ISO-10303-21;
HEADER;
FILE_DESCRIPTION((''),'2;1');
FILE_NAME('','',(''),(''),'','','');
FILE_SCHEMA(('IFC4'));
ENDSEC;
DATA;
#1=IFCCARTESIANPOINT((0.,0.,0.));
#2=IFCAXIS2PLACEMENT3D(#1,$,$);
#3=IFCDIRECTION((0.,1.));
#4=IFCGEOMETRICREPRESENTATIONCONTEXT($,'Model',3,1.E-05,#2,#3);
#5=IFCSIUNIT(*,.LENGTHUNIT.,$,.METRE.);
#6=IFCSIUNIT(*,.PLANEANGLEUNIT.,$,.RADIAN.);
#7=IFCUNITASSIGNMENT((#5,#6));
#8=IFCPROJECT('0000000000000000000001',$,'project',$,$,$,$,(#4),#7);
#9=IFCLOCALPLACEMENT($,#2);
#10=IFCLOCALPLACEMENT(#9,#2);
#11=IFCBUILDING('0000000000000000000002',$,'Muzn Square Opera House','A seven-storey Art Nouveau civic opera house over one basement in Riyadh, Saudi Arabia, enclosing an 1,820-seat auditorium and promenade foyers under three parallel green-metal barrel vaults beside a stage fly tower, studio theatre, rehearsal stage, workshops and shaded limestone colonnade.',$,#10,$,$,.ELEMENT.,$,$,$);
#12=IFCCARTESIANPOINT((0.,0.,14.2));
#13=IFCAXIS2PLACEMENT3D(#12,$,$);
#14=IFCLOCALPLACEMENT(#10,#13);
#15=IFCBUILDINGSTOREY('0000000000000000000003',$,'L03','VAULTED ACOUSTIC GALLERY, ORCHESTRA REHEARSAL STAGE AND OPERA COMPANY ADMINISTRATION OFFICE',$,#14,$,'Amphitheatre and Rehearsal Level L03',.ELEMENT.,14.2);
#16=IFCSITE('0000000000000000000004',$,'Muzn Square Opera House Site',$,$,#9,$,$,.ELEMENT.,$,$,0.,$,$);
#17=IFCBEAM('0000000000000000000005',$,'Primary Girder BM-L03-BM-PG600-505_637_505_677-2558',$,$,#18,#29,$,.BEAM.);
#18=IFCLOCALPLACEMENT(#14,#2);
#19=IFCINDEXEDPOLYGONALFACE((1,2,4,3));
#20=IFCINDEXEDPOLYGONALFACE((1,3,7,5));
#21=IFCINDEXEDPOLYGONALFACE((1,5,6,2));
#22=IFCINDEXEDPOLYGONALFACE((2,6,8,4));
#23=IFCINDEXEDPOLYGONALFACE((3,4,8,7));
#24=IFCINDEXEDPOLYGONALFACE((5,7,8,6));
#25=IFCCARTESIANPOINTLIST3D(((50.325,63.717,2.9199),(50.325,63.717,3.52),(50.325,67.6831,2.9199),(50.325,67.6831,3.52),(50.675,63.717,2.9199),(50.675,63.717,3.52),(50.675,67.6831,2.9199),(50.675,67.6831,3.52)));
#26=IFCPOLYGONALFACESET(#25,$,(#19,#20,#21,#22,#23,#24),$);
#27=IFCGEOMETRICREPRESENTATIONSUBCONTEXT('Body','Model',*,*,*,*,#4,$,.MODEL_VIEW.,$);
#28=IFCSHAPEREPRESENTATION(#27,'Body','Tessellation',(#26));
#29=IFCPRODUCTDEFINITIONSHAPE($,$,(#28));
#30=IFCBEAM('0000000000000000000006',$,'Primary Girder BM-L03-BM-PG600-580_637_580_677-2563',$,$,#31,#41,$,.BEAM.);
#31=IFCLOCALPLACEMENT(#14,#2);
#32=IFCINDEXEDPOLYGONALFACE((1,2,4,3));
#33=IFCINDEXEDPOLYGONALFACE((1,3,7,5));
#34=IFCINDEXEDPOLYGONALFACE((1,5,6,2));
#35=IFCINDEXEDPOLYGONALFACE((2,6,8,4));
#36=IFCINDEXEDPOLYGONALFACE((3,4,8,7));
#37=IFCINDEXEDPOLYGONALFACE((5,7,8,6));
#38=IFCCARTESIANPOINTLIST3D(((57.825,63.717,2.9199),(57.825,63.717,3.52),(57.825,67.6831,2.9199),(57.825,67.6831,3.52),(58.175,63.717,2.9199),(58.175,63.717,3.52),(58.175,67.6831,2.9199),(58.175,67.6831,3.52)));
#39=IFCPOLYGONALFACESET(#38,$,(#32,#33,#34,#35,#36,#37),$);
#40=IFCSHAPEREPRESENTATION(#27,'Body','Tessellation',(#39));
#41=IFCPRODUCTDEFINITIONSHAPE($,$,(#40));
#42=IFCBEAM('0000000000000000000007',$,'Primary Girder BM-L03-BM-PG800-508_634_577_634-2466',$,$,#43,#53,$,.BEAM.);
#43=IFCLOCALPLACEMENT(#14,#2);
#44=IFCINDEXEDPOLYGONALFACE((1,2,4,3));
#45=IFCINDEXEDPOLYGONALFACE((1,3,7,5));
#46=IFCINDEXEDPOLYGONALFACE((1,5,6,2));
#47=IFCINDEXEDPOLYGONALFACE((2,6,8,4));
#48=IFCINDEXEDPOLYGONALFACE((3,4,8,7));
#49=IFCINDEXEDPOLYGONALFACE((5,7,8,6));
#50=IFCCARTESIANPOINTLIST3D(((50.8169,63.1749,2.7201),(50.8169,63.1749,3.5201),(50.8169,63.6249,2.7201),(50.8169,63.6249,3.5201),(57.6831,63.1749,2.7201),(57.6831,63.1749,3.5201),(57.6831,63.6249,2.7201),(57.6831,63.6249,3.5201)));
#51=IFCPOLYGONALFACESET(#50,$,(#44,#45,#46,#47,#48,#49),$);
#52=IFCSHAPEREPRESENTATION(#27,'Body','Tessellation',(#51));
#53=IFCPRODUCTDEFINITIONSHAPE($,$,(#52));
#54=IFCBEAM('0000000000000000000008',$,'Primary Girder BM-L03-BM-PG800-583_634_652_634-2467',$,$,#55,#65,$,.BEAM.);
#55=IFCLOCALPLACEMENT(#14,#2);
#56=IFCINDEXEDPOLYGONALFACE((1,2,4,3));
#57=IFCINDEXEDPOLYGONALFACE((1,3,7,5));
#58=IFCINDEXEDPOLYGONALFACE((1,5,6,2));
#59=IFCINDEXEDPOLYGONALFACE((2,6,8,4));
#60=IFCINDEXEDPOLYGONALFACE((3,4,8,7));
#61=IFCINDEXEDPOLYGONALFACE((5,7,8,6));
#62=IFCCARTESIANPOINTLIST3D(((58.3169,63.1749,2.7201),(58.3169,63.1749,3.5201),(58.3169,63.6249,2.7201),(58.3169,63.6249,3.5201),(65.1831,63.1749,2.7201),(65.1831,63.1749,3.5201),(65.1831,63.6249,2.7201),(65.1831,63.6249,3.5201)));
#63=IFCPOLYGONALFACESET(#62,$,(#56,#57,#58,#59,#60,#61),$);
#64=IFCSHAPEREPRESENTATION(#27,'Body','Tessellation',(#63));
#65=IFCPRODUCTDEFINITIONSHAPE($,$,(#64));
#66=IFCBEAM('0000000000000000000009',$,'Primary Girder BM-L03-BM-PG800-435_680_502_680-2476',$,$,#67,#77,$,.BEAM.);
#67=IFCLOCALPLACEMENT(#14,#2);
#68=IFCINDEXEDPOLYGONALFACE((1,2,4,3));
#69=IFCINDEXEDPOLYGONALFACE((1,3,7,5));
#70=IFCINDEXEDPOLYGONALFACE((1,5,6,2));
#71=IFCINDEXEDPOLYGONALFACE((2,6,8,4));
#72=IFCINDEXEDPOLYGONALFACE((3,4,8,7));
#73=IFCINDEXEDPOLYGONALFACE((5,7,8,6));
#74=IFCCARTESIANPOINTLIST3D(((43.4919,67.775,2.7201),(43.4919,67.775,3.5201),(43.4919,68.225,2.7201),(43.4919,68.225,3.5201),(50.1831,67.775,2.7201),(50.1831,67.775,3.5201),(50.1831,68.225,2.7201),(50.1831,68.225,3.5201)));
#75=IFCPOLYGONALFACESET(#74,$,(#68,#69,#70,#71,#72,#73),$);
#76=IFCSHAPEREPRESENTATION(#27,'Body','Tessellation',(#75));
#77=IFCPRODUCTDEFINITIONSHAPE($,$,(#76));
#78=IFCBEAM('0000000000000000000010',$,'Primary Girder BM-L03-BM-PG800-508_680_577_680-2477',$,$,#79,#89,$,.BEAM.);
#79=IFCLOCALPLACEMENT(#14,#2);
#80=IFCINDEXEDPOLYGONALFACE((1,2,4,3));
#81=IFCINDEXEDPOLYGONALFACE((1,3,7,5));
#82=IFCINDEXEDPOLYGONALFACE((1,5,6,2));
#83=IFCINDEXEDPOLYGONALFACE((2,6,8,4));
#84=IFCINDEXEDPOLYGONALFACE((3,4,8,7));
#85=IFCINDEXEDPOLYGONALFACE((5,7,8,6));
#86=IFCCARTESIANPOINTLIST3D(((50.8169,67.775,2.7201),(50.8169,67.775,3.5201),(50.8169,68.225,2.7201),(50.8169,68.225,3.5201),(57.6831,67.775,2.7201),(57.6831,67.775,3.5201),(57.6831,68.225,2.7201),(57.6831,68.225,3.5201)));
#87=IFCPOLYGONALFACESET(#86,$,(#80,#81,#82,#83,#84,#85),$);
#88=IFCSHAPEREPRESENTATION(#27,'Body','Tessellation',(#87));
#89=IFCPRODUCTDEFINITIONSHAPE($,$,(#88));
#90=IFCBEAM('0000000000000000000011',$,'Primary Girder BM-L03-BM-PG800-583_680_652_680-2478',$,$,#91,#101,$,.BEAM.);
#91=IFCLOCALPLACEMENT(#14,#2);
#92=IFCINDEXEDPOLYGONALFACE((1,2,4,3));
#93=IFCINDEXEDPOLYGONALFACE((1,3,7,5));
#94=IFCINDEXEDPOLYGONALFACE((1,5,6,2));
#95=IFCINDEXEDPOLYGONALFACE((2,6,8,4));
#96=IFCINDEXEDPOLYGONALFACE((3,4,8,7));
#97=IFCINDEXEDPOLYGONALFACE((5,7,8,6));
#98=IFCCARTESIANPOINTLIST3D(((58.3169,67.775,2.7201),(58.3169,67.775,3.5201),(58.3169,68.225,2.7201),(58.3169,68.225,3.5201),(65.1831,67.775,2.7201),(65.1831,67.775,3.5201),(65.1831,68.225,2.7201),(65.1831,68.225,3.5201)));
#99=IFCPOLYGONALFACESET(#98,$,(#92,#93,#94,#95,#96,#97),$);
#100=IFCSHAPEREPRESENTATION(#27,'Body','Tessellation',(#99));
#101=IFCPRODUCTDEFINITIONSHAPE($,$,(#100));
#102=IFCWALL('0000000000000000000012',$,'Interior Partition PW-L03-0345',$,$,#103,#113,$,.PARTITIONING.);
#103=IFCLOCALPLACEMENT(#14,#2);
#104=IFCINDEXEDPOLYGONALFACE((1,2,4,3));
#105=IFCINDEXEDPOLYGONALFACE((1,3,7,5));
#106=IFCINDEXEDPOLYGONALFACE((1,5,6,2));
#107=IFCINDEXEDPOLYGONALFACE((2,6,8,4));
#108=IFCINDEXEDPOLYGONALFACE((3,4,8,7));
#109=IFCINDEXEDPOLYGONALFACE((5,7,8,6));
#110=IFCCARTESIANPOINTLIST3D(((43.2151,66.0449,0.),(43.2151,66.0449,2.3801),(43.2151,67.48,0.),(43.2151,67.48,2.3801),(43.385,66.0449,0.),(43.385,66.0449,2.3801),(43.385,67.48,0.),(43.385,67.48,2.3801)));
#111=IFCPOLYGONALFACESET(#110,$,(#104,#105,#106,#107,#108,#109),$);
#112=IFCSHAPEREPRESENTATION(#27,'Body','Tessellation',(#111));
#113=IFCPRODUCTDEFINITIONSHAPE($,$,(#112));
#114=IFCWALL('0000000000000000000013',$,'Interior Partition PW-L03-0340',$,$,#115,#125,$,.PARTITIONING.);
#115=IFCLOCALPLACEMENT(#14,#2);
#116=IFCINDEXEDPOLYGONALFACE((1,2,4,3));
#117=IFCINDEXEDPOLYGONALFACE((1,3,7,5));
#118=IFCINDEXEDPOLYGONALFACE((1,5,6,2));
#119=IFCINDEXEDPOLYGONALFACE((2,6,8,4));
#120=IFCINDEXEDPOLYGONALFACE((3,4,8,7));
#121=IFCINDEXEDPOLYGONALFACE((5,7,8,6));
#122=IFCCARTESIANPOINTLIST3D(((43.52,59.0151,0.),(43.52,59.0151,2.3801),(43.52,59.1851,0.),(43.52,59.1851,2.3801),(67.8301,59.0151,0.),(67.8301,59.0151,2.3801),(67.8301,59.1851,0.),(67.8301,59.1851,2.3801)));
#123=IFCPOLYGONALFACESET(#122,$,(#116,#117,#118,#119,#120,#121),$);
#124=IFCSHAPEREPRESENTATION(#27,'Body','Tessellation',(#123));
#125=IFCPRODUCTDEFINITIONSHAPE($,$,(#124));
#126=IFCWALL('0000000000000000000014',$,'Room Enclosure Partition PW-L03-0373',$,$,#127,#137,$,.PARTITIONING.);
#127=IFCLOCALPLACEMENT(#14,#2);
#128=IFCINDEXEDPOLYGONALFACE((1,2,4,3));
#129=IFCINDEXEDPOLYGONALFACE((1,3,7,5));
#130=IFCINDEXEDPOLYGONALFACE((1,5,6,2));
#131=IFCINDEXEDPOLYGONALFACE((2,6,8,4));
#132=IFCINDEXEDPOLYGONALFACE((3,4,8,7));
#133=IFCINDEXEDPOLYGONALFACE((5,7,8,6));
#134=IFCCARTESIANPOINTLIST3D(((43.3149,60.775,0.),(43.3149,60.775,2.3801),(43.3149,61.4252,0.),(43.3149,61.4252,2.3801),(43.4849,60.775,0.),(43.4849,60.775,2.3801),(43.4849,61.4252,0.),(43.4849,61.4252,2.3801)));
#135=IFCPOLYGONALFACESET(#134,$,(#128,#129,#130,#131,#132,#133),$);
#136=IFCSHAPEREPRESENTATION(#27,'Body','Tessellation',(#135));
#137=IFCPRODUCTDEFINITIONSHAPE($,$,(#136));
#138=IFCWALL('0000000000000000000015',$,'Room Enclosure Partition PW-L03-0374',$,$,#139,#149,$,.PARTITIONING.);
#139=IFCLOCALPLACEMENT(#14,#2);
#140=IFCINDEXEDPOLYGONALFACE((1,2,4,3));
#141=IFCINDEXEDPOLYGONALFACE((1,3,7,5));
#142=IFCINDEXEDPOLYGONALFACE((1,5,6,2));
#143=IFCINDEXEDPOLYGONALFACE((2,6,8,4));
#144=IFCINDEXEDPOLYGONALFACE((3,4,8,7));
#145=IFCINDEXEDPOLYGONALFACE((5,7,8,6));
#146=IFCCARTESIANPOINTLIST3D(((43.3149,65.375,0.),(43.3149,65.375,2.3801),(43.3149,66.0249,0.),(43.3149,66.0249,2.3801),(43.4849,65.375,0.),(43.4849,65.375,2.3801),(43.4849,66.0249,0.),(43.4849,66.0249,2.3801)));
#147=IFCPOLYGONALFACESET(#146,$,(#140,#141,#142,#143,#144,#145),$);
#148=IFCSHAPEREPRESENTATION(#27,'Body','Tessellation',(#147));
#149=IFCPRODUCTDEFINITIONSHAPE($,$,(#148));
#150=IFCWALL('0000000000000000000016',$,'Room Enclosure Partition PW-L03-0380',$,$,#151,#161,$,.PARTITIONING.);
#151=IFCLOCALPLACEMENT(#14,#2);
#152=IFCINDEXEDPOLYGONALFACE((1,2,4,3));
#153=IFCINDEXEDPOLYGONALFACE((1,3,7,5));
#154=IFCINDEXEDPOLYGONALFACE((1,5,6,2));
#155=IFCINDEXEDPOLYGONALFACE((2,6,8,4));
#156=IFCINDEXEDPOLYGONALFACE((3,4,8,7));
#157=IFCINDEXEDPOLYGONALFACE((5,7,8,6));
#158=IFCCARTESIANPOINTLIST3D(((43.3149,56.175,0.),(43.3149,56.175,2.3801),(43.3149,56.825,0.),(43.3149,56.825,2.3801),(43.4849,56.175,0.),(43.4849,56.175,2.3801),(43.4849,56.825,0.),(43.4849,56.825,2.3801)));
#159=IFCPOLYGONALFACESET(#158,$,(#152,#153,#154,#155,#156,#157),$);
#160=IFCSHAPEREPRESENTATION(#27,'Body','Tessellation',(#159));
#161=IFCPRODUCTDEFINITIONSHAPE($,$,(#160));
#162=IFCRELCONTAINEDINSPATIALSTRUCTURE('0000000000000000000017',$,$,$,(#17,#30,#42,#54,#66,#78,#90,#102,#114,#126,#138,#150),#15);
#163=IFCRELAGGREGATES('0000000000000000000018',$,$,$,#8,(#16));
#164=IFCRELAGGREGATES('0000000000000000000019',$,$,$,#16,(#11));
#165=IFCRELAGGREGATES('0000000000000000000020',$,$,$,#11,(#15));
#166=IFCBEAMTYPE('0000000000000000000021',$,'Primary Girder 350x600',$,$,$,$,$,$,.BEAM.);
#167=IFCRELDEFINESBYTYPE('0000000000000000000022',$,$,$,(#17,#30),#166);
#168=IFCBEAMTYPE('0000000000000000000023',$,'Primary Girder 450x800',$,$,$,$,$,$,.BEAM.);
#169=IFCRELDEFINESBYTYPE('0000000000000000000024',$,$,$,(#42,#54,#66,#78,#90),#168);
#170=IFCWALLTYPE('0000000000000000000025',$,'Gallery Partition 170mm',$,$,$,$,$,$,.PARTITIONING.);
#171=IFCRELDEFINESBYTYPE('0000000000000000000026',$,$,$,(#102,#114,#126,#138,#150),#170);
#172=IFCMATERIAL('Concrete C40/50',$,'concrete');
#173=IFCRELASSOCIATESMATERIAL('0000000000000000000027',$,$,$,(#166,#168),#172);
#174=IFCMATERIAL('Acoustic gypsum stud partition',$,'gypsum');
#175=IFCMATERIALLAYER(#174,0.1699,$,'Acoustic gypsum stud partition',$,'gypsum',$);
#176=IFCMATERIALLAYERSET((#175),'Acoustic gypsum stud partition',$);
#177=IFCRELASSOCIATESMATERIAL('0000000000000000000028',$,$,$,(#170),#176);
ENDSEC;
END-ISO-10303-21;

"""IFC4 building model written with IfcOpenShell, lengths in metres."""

from ifc_helpers import new_model, si_unit, direction, frame, frame_2d, origin, origin_2d, place, context, subcontext, project, spatial, rectangle, extrude, material, layer, layer_set, material_profile, profile_set, type_object, element, save


model = new_model("IFC4")

# Units and contexts
model_context = context("Model", 3, precision=1e-05, world=origin(), true_north=direction((0.0, 1.0)))
body_context = subcontext(model_context, "Body", "Model", "MODEL_VIEW")
ifc_project = project(units=[si_unit("LENGTHUNIT", "METRE"), si_unit("PLANEANGLEUNIT", "RADIAN")], contexts=[model_context])

# Site, building, storey
site_placement = place(None, origin())
site = spatial("IfcSite", under=ifc_project, at=site_placement, Name="Muzn Square Opera House Site", CompositionType="ELEMENT", RefElevation=0.0)
building_placement = place(site_placement, origin())
building = spatial("IfcBuilding", under=site, at=building_placement, Name="Muzn Square Opera House", Description="A seven-storey Art Nouveau civic opera house over one basement in Riyadh, Saudi Arabia, enclosing an 1,820-seat auditorium and promenade foyers under three parallel green-metal barrel vaults beside a stage fly tower, studio theatre, rehearsal stage, workshops and shaded limestone colonnade.", CompositionType="ELEMENT")
storey_placement = place(building_placement, frame((0.0, 0.0, 14.2)))
storey = spatial("IfcBuildingStorey", under=building, at=storey_placement, Name="L03", Description="VAULTED ACOUSTIC GALLERY, ORCHESTRA REHEARSAL STAGE AND OPERA COMPANY ADMINISTRATION OFFICE", LongName="Amphitheatre and Rehearsal Level L03", CompositionType="ELEMENT", Elevation=14.2)

# Beams
ifc_material_1 = material(Name="Concrete C40/50", Category="concrete")
ifc_material_profile_1 = material_profile(ifc_material_1, rectangle(XDim=0.3501, YDim=0.6001, at=origin_2d()), Name="RCB 350x600", Category="concrete")
ifc_profile_set_1 = profile_set([ifc_material_profile_1], Name="Concrete C40/50")
beam_type_1 = type_object("IfcBeamType", Name="Primary Girder 350x600", PredefinedType="BEAM", material=ifc_profile_set_1)
for number, where, z_axis, x_axis, name in (
    (1, (50.5, 63.717, 3.22), (0.0, 1.0, 0.0), (-1.0, 0.0, 0.0), "Primary Girder BM-L03-BM-PG600-505_637_505_677-2558"),
    (2, (58.0, 63.717, 3.22), (0.0, 1.0, 0.0), (-1.0, 0.0, 0.0), "Primary Girder BM-L03-BM-PG600-580_637_580_677-2563"),
):
    element("IfcBeam", number, at=place(storey_placement, frame(where, z_axis=z_axis, x_axis=x_axis)), inside=storey, type_object=beam_type_1, Name=name, PredefinedType="BEAM", context=body_context, shape_type="SweptSolid", body=[
        extrude(rectangle(XDim=0.3501, YDim=0.6001, at=origin_2d()), origin(), (0.0, 0.0, 1.0), 3.9661),
    ])
ifc_material_profile_2 = material_profile(ifc_material_1, rectangle(XDim=0.45, YDim=0.8, at=origin_2d()), Name="RCB 450x800", Category="concrete")
ifc_profile_set_2 = profile_set([ifc_material_profile_2], Name="Concrete C40/50")
beam_type_2 = type_object("IfcBeamType", Name="Primary Girder 450x800", PredefinedType="BEAM", material=ifc_profile_set_2)
for number, where, z_axis, x_axis, name in (
    (3, (50.8169, 63.3999, 3.1201), (1.0, 0.0, 0.0), (0.0, 1.0, 0.0), "Primary Girder BM-L03-BM-PG800-508_634_577_634-2466"),
    (4, (58.3169, 63.3999, 3.1201), (1.0, 0.0, 0.0), (0.0, 1.0, 0.0), "Primary Girder BM-L03-BM-PG800-583_634_652_634-2467"),
):
    element("IfcBeam", number, at=place(storey_placement, frame(where, z_axis=z_axis, x_axis=x_axis)), inside=storey, type_object=beam_type_2, Name=name, PredefinedType="BEAM", context=body_context, shape_type="SweptSolid", body=[
        extrude(rectangle(XDim=0.45, YDim=0.8, at=origin_2d()), origin(), (0.0, 0.0, 1.0), 6.8662),
    ])
beam_placement = place(storey_placement, frame((43.4919, 68.0, 3.1201), z_axis=(1.0, 0.0, 0.0), x_axis=(0.0, 1.0, 0.0)))
element("IfcBeam", 5, at=beam_placement, inside=storey, type_object=beam_type_2, Name="Primary Girder BM-L03-BM-PG800-435_680_502_680-2476", PredefinedType="BEAM", context=body_context, shape_type="SweptSolid", body=[
    extrude(rectangle(XDim=0.45, YDim=0.8, at=origin_2d()), origin(), (0.0, 0.0, 1.0), 6.6912),
])
for number, where, z_axis, x_axis, name in (
    (6, (50.8169, 68.0, 3.1201), (1.0, 0.0, 0.0), (0.0, 1.0, 0.0), "Primary Girder BM-L03-BM-PG800-508_680_577_680-2477"),
    (7, (58.3169, 68.0, 3.1201), (1.0, 0.0, 0.0), (0.0, 1.0, 0.0), "Primary Girder BM-L03-BM-PG800-583_680_652_680-2478"),
):
    element("IfcBeam", number, at=place(storey_placement, frame(where, z_axis=z_axis, x_axis=x_axis)), inside=storey, type_object=beam_type_2, Name=name, PredefinedType="BEAM", context=body_context, shape_type="SweptSolid", body=[
        extrude(rectangle(XDim=0.45, YDim=0.8, at=origin_2d()), origin(), (0.0, 0.0, 1.0), 6.8662),
    ])

# Walls
ifc_material_2 = material(Name="Acoustic gypsum stud partition", Category="gypsum")
ifc_layer = layer(ifc_material_2, 0.1699, Name="Acoustic gypsum stud partition", Category="gypsum")
ifc_layer_set = layer_set([ifc_layer], Name="Acoustic gypsum stud partition")
wall_type = type_object("IfcWallType", Name="Gallery Partition 170mm", PredefinedType="PARTITIONING", material=ifc_layer_set)
wall_1_placement = place(storey_placement, frame((43.3, 66.0449, 0.0), z_axis=(0.0, 0.0, 1.0), x_axis=(0.0, 1.0, 0.0)))
element("IfcWall", 8, at=wall_1_placement, inside=storey, type_object=wall_type, Name="Interior Partition PW-L03-0345", PredefinedType="PARTITIONING", context=body_context, shape_type="SweptSolid", body=[
    extrude(rectangle(XDim=1.4351, YDim=0.1699, at=frame_2d((0.7175, 0.0))), origin(), (0.0, 0.0, 1.0), 2.3801),
])
wall_2_placement = place(storey_placement, frame((43.52, 59.1001, 0.0), z_axis=(0.0, 0.0, 1.0), x_axis=(1.0, 0.0, 0.0)))
element("IfcWall", 9, at=wall_2_placement, inside=storey, type_object=wall_type, Name="Interior Partition PW-L03-0340", PredefinedType="PARTITIONING", context=body_context, shape_type="SweptSolid", body=[
    extrude(rectangle(XDim=24.3101, YDim=0.1699, at=frame_2d((12.155, 0.0))), origin(), (0.0, 0.0, 1.0), 2.3801),
])
wall_3_placement = place(storey_placement, frame((43.3999, 60.7749, 0.0), z_axis=(0.0, 0.0, 1.0), x_axis=(0.0, 1.0, 0.0)))
element("IfcWall", 10, at=wall_3_placement, inside=storey, type_object=wall_type, Name="Room Enclosure Partition PW-L03-0373", PredefinedType="PARTITIONING", context=body_context, shape_type="SweptSolid", body=[
    extrude(rectangle(XDim=0.6501, YDim=0.1699, at=frame_2d((0.3252, 0.0))), origin(), (0.0, 0.0, 1.0), 2.3801),
])
for number, where, z_axis, x_axis, name in (
    (11, (43.3999, 65.375, 0.0), (0.0, 0.0, 1.0), (0.0, 1.0, 0.0), "Room Enclosure Partition PW-L03-0374"),
    (12, (43.3999, 56.175, 0.0), (0.0, 0.0, 1.0), (0.0, 1.0, 0.0), "Room Enclosure Partition PW-L03-0380"),
):
    element("IfcWall", number, at=place(storey_placement, frame(where, z_axis=z_axis, x_axis=x_axis)), inside=storey, type_object=wall_type, Name=name, PredefinedType="PARTITIONING", context=body_context, shape_type="SweptSolid", body=[
        extrude(rectangle(XDim=0.6499, YDim=0.1699, at=frame_2d((0.325, 0.0))), origin(), (0.0, 0.0, 1.0), 2.3801),
    ])

save(model, "model.ifc")
